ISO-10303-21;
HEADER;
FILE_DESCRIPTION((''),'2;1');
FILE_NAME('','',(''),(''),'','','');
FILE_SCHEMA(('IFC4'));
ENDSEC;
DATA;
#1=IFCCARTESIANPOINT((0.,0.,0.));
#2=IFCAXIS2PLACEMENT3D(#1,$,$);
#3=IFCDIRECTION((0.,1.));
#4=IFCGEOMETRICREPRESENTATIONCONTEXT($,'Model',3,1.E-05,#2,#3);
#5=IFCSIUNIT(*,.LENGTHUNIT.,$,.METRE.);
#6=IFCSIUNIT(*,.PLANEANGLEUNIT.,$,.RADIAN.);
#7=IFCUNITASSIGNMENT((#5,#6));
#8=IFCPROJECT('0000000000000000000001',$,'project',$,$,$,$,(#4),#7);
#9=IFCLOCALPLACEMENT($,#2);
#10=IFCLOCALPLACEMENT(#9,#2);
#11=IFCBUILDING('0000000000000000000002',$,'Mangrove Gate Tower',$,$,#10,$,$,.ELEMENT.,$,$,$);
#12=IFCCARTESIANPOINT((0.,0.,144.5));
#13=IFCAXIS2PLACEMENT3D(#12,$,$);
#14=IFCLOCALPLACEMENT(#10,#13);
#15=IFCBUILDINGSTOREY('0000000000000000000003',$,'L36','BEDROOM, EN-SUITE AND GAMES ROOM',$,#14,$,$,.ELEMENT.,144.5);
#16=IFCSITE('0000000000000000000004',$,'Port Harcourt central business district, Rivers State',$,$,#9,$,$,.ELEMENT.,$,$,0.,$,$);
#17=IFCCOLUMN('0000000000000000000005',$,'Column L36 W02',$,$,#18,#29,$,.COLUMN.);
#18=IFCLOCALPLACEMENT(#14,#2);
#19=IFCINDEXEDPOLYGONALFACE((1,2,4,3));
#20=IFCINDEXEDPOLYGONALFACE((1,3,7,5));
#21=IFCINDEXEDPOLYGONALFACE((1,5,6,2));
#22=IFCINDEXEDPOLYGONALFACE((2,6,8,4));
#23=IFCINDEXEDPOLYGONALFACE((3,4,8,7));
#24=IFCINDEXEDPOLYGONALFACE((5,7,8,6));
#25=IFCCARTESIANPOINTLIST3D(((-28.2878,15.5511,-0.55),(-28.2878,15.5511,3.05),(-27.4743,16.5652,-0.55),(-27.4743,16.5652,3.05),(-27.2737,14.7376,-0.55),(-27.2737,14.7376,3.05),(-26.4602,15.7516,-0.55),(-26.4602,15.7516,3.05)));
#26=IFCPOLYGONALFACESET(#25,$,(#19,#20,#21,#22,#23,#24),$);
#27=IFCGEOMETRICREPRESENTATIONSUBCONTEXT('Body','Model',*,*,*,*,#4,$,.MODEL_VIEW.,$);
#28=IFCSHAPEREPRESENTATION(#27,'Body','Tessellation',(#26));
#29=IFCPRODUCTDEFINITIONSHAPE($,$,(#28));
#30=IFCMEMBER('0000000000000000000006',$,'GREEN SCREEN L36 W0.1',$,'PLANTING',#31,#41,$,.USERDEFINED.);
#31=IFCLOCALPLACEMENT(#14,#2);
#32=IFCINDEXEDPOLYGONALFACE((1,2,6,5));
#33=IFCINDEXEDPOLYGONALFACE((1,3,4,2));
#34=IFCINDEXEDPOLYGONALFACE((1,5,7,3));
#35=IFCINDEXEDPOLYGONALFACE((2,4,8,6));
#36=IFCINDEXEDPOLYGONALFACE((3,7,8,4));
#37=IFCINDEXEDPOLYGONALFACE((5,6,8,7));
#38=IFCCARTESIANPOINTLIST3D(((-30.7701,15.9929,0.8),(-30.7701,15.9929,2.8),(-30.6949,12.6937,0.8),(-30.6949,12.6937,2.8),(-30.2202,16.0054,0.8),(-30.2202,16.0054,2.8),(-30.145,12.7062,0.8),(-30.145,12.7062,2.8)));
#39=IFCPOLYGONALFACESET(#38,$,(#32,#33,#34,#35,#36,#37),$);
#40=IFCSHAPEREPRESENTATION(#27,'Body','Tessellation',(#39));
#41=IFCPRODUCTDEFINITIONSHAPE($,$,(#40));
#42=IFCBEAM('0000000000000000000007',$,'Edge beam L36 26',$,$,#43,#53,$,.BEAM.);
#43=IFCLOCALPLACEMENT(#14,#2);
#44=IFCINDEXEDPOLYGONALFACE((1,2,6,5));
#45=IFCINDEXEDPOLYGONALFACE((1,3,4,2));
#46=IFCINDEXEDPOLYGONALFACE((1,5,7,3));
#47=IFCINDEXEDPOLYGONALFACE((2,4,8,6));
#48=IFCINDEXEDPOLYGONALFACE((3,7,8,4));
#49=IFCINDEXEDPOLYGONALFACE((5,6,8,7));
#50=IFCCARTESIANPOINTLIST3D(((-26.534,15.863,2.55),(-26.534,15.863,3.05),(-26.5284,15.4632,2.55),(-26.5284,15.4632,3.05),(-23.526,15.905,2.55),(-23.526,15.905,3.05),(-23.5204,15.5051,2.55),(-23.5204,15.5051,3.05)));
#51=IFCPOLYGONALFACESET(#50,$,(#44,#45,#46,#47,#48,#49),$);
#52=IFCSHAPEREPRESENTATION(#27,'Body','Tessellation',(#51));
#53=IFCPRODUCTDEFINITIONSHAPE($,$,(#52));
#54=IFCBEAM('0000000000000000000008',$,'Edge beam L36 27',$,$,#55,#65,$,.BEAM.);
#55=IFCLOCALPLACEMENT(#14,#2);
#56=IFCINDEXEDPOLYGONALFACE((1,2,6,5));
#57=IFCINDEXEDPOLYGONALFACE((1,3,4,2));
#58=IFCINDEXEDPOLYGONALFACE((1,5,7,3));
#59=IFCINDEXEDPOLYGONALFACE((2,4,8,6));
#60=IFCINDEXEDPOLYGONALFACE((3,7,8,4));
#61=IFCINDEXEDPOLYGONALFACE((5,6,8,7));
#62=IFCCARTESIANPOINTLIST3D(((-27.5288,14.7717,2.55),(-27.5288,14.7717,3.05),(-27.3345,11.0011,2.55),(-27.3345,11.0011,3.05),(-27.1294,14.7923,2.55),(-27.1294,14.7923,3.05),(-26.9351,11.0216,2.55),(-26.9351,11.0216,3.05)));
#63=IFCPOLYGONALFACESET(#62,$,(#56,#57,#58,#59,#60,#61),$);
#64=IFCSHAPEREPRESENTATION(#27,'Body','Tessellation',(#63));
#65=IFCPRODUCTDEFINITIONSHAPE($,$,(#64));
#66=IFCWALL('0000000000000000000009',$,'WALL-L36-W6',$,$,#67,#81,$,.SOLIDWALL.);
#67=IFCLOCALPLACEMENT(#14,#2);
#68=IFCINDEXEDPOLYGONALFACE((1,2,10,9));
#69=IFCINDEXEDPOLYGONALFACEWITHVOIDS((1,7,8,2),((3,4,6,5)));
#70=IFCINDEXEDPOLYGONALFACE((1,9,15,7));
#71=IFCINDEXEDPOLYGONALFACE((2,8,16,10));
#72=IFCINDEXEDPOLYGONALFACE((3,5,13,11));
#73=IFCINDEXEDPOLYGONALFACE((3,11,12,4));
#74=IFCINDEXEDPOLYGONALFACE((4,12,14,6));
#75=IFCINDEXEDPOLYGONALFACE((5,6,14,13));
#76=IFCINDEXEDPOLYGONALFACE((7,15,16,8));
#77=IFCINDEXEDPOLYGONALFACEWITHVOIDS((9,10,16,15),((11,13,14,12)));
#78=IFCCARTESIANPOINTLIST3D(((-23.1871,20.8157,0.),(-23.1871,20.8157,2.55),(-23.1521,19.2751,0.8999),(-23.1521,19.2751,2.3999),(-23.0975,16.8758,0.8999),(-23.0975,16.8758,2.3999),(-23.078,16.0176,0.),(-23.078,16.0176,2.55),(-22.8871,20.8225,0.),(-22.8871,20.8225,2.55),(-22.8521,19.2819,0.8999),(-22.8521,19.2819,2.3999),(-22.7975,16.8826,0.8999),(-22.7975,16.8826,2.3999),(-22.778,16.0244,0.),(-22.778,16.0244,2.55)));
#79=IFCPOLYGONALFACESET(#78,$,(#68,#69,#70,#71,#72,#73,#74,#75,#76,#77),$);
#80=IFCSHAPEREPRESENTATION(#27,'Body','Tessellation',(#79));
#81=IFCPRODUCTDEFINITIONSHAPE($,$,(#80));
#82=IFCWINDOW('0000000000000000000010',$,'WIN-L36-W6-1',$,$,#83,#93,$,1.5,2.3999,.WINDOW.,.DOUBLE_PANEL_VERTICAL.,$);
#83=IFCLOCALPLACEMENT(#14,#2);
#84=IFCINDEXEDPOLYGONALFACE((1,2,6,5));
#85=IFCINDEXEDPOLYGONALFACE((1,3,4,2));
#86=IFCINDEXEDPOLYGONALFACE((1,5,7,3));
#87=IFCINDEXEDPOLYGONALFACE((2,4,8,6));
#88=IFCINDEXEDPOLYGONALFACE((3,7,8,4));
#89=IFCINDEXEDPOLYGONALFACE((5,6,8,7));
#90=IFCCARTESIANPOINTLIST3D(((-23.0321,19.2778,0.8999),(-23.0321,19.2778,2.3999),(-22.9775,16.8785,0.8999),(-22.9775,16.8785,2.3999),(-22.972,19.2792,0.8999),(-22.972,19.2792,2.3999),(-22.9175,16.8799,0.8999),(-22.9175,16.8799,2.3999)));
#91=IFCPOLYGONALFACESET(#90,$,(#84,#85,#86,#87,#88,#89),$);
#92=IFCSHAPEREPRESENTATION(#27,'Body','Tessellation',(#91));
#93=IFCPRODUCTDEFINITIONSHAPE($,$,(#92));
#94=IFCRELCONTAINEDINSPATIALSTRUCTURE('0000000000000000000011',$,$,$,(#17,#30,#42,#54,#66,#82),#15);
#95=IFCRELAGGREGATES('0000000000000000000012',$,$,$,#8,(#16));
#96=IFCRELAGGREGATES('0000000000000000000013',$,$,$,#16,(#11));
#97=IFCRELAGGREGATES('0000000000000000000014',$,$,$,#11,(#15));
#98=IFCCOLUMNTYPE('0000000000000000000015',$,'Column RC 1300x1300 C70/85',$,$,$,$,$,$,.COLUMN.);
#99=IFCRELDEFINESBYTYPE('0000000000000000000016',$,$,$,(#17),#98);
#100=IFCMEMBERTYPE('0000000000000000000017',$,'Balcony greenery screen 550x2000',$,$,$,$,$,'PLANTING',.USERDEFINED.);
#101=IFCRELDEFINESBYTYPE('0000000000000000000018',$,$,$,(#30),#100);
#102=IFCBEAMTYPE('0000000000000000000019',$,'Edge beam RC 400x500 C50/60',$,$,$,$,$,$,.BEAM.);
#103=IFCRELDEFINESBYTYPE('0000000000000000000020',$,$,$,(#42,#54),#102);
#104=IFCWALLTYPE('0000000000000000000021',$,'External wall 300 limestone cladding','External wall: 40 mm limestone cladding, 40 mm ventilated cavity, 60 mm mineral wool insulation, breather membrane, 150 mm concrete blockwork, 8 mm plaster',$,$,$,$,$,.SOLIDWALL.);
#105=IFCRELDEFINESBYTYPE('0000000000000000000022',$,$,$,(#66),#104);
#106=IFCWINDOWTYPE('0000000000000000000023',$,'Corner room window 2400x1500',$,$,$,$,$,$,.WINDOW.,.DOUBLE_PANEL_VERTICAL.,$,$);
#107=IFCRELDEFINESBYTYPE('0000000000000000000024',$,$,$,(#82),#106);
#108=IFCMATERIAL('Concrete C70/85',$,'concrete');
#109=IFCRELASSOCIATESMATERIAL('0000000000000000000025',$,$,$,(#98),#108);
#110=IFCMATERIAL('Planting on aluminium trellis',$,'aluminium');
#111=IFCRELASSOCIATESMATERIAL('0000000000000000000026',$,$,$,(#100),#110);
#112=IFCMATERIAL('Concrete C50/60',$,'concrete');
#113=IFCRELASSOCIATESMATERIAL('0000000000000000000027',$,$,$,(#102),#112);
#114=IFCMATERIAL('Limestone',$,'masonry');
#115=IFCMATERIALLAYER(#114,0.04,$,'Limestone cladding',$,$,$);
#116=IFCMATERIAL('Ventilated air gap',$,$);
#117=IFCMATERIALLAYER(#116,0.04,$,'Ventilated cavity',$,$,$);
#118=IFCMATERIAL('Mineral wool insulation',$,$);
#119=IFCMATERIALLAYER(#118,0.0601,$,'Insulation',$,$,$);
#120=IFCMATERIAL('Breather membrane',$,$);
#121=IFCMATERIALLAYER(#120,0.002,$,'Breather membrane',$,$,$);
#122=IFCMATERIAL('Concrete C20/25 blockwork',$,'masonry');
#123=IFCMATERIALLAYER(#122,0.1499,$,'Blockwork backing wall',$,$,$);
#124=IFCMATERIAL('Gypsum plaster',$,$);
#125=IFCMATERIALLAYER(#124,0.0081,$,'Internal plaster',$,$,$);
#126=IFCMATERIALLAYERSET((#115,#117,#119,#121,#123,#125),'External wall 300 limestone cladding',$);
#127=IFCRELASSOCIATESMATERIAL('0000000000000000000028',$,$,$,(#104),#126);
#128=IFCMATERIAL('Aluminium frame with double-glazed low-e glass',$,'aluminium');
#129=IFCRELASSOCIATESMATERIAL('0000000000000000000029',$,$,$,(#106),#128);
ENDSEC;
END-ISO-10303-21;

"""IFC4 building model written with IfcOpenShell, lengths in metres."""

from ifc_helpers import new_model, si_unit, direction, frame, frame_2d, origin, origin_2d, place, context, subcontext, project, spatial, rectangle, extrude, material, layer, layer_set, material_profile, profile_set, type_object, element, fill, save


model = new_model("IFC4")

# Units and contexts
model_context = context("Model", 3, precision=1e-05, world=origin(), true_north=direction((0.0, 1.0)))
body_context = subcontext(model_context, "Body", "Model", "MODEL_VIEW")
ifc_project = project(units=[si_unit("LENGTHUNIT", "METRE"), si_unit("PLANEANGLEUNIT", "RADIAN")], contexts=[model_context])

# Site, building, storey
site_placement = place(None, origin())
site = spatial("IfcSite", under=ifc_project, at=site_placement, Name="Port Harcourt central business district, Rivers State", CompositionType="ELEMENT", RefElevation=0.0)
building_placement = place(site_placement, origin())
building = spatial("IfcBuilding", under=site, at=building_placement, Name="Mangrove Gate Tower", CompositionType="ELEMENT")
storey_placement = place(building_placement, frame((0.0, 0.0, 144.5)))
storey = spatial("IfcBuildingStorey", under=building, at=storey_placement, Name="L36", Description="BEDROOM, EN-SUITE AND GAMES ROOM", CompositionType="ELEMENT", Elevation=144.5)

# Column
ifc_material_1 = material(Name="Concrete C70/85", Category="concrete")
ifc_material_profile_1 = material_profile(ifc_material_1, rectangle(XDim=1.3, YDim=1.3, at=origin_2d()))
ifc_profile_set_1 = profile_set([ifc_material_profile_1], Name="Concrete C70/85")
column_type = type_object("IfcColumnType", Name="Column RC 1300x1300 C70/85", PredefinedType="COLUMN", material=ifc_profile_set_1)
column_placement = place(storey_placement, frame((-27.374, 15.6514, -0.55), z_axis=(0.0, 0.0, 1.0), x_axis=(-0.625757, -0.780018, 0.0)))
element("IfcColumn", 1, at=column_placement, inside=storey, type_object=column_type, Name="Column L36 W02", PredefinedType="COLUMN", context=body_context, shape_type="SweptSolid", body=[
    extrude(rectangle(XDim=1.3, YDim=1.3, at=origin_2d()), origin(), (0.0, 0.0, 1.0), 3.6001),
])

# Member
ifc_material_2 = material(Name="Planting on aluminium trellis", Category="aluminium")
ifc_material_profile_2 = material_profile(ifc_material_2, rectangle(XDim=0.55, YDim=2.0, at=origin_2d()))
ifc_profile_set_2 = profile_set([ifc_material_profile_2], Name="Planting on aluminium trellis")
member_type = type_object("IfcMemberType", Name="Balcony greenery screen 550x2000", ElementType="PLANTING", PredefinedType="USERDEFINED", material=ifc_profile_set_2)
member_placement = place(storey_placement, frame((-30.4199, 12.7, 1.8), z_axis=(-0.022787, 0.99974, 0.0), x_axis=(-0.99974, -0.022787, 0.0)))
element("IfcMember", 2, at=member_placement, inside=storey, type_object=member_type, Name="GREEN SCREEN L36 W0.1", ObjectType="PLANTING", PredefinedType="USERDEFINED", context=body_context, shape_type="SweptSolid", body=[
    extrude(rectangle(XDim=0.55, YDim=2.0, at=origin_2d()), origin(), (0.0, 0.0, 1.0), 3.3),
])

# Beams
ifc_material_3 = material(Name="Concrete C50/60", Category="concrete")
ifc_material_profile_3 = material_profile(ifc_material_3, rectangle(XDim=0.3999, YDim=0.5, at=origin_2d()))
ifc_profile_set_3 = profile_set([ifc_material_profile_3], Name="Concrete C50/60")
beam_type = type_object("IfcBeamType", Name="Edge beam RC 400x500 C50/60", PredefinedType="BEAM", material=ifc_profile_set_3)
beam_1_placement = place(storey_placement, frame((-23.5232, 15.7051, 2.8), z_axis=(-0.999903, -0.013959, 0.0), x_axis=(0.013959, -0.999903, 0.0)))
element("IfcBeam", 3, at=beam_1_placement, inside=storey, type_object=beam_type, Name="Edge beam L36 26", PredefinedType="BEAM", context=body_context, shape_type="SweptSolid", body=[
    extrude(rectangle(XDim=0.3999, YDim=0.5, at=origin_2d()), origin(), (0.0, 0.0, 1.0), 3.0083),
])
beam_2_placement = place(storey_placement, frame((-27.3291, 14.782, 2.8), z_axis=(0.051469, -0.998675, 0.0), x_axis=(0.998675, 0.051469, 0.0)))
element("IfcBeam", 4, at=beam_2_placement, inside=storey, type_object=beam_type, Name="Edge beam L36 27", PredefinedType="BEAM", context=body_context, shape_type="SweptSolid", body=[
    extrude(rectangle(XDim=0.3999, YDim=0.5, at=origin_2d()), origin(), (0.0, 0.0, 1.0), 3.7756),
])

# Wall, opening, window
ifc_material_4 = material(Name="Limestone", Category="masonry")
ifc_layer_1 = layer(ifc_material_4, 0.04, Name="Limestone cladding")
ifc_material_5 = material(Name="Ventilated air gap")
ifc_layer_2 = layer(ifc_material_5, 0.04, Name="Ventilated cavity")
ifc_material_6 = material(Name="Mineral wool insulation")
ifc_layer_3 = layer(ifc_material_6, 0.0601, Name="Insulation")
ifc_material_7 = material(Name="Breather membrane")
ifc_layer_4 = layer(ifc_material_7, 0.002, Name="Breather membrane")
ifc_material_8 = material(Name="Concrete C20/25 blockwork", Category="masonry")
ifc_layer_5 = layer(ifc_material_8, 0.1499, Name="Blockwork backing wall")
ifc_material_9 = material(Name="Gypsum plaster")
ifc_layer_6 = layer(ifc_material_9, 0.0081, Name="Internal plaster")
ifc_layer_set_1 = layer_set([ifc_layer_1, ifc_layer_2, ifc_layer_3, ifc_layer_4, ifc_layer_5, ifc_layer_6], Name="External wall 300 limestone cladding")
wall_type_1 = type_object("IfcWallType", Name="External wall 300 limestone cladding", Description="External wall: 40 mm limestone cladding, 40 mm ventilated cavity, 60 mm mineral wool insulation, breather membrane, 150 mm concrete blockwork, 8 mm plaster", PredefinedType="SOLIDWALL", material=ifc_layer_set_1)
wall_1_placement = place(storey_placement, frame((-23.0371, 20.8191, 0.0), z_axis=(0.0, 0.0, 1.0), x_axis=(0.022739, -0.999741, 0.0)))
wall_1 = element("IfcWall", 5, at=wall_1_placement, inside=storey, type_object=wall_type_1, Name="WALL-L36-W6", PredefinedType="SOLIDWALL", context=body_context, shape_type="SweptSolid", body=[
    extrude(rectangle(XDim=4.7993, YDim=0.3, at=frame_2d((2.3997, 0.0))), origin(), (0.0, 0.0, 1.0), 2.55),
])
opening_1_placement = place(wall_1_placement, frame((1.541, 0.0, 0.8999)))
opening_1 = element("IfcOpeningElement", 6, at=opening_1_placement, cuts=wall_1, PredefinedType="OPENING", context=body_context, shape_type="SweptSolid", body=[
    extrude(rectangle(XDim=2.3999, YDim=1.5, at=frame_2d((1.2, 0.75))), frame((0.0, 0.1599, 0.0), z_axis=(0.0, -1.0, 0.0), x_axis=(1.0, 0.0, 0.0)), (0.0, 0.0, 1.0), 0.3201),
])
ifc_material_10 = material(Name="Aluminium frame with double-glazed low-e glass", Category="aluminium")
window_type = type_object("IfcWindowType", Name="Corner room window 2400x1500", PartitioningType="DOUBLE_PANEL_VERTICAL", PredefinedType="WINDOW", material=ifc_material_10)
window_1_placement = place(opening_1_placement, origin())
window_1 = element("IfcWindow", 7, at=window_1_placement, inside=storey, type_object=window_type, Name="WIN-L36-W6-1", OverallHeight=1.5, OverallWidth=2.3999, PartitioningType="DOUBLE_PANEL_VERTICAL", PredefinedType="WINDOW", context=body_context, shape_type="SweptSolid", body=[
    extrude(rectangle(XDim=2.3999, YDim=1.5, at=frame_2d((1.2, 0.75))), frame((0.0, 0.03, 0.0), z_axis=(0.0, -1.0, 0.0), x_axis=(1.0, 0.0, 0.0)), (0.0, 0.0, 1.0), 0.0601),
])
fill(opening_1, window_1)

save(model, "model.ifc")
